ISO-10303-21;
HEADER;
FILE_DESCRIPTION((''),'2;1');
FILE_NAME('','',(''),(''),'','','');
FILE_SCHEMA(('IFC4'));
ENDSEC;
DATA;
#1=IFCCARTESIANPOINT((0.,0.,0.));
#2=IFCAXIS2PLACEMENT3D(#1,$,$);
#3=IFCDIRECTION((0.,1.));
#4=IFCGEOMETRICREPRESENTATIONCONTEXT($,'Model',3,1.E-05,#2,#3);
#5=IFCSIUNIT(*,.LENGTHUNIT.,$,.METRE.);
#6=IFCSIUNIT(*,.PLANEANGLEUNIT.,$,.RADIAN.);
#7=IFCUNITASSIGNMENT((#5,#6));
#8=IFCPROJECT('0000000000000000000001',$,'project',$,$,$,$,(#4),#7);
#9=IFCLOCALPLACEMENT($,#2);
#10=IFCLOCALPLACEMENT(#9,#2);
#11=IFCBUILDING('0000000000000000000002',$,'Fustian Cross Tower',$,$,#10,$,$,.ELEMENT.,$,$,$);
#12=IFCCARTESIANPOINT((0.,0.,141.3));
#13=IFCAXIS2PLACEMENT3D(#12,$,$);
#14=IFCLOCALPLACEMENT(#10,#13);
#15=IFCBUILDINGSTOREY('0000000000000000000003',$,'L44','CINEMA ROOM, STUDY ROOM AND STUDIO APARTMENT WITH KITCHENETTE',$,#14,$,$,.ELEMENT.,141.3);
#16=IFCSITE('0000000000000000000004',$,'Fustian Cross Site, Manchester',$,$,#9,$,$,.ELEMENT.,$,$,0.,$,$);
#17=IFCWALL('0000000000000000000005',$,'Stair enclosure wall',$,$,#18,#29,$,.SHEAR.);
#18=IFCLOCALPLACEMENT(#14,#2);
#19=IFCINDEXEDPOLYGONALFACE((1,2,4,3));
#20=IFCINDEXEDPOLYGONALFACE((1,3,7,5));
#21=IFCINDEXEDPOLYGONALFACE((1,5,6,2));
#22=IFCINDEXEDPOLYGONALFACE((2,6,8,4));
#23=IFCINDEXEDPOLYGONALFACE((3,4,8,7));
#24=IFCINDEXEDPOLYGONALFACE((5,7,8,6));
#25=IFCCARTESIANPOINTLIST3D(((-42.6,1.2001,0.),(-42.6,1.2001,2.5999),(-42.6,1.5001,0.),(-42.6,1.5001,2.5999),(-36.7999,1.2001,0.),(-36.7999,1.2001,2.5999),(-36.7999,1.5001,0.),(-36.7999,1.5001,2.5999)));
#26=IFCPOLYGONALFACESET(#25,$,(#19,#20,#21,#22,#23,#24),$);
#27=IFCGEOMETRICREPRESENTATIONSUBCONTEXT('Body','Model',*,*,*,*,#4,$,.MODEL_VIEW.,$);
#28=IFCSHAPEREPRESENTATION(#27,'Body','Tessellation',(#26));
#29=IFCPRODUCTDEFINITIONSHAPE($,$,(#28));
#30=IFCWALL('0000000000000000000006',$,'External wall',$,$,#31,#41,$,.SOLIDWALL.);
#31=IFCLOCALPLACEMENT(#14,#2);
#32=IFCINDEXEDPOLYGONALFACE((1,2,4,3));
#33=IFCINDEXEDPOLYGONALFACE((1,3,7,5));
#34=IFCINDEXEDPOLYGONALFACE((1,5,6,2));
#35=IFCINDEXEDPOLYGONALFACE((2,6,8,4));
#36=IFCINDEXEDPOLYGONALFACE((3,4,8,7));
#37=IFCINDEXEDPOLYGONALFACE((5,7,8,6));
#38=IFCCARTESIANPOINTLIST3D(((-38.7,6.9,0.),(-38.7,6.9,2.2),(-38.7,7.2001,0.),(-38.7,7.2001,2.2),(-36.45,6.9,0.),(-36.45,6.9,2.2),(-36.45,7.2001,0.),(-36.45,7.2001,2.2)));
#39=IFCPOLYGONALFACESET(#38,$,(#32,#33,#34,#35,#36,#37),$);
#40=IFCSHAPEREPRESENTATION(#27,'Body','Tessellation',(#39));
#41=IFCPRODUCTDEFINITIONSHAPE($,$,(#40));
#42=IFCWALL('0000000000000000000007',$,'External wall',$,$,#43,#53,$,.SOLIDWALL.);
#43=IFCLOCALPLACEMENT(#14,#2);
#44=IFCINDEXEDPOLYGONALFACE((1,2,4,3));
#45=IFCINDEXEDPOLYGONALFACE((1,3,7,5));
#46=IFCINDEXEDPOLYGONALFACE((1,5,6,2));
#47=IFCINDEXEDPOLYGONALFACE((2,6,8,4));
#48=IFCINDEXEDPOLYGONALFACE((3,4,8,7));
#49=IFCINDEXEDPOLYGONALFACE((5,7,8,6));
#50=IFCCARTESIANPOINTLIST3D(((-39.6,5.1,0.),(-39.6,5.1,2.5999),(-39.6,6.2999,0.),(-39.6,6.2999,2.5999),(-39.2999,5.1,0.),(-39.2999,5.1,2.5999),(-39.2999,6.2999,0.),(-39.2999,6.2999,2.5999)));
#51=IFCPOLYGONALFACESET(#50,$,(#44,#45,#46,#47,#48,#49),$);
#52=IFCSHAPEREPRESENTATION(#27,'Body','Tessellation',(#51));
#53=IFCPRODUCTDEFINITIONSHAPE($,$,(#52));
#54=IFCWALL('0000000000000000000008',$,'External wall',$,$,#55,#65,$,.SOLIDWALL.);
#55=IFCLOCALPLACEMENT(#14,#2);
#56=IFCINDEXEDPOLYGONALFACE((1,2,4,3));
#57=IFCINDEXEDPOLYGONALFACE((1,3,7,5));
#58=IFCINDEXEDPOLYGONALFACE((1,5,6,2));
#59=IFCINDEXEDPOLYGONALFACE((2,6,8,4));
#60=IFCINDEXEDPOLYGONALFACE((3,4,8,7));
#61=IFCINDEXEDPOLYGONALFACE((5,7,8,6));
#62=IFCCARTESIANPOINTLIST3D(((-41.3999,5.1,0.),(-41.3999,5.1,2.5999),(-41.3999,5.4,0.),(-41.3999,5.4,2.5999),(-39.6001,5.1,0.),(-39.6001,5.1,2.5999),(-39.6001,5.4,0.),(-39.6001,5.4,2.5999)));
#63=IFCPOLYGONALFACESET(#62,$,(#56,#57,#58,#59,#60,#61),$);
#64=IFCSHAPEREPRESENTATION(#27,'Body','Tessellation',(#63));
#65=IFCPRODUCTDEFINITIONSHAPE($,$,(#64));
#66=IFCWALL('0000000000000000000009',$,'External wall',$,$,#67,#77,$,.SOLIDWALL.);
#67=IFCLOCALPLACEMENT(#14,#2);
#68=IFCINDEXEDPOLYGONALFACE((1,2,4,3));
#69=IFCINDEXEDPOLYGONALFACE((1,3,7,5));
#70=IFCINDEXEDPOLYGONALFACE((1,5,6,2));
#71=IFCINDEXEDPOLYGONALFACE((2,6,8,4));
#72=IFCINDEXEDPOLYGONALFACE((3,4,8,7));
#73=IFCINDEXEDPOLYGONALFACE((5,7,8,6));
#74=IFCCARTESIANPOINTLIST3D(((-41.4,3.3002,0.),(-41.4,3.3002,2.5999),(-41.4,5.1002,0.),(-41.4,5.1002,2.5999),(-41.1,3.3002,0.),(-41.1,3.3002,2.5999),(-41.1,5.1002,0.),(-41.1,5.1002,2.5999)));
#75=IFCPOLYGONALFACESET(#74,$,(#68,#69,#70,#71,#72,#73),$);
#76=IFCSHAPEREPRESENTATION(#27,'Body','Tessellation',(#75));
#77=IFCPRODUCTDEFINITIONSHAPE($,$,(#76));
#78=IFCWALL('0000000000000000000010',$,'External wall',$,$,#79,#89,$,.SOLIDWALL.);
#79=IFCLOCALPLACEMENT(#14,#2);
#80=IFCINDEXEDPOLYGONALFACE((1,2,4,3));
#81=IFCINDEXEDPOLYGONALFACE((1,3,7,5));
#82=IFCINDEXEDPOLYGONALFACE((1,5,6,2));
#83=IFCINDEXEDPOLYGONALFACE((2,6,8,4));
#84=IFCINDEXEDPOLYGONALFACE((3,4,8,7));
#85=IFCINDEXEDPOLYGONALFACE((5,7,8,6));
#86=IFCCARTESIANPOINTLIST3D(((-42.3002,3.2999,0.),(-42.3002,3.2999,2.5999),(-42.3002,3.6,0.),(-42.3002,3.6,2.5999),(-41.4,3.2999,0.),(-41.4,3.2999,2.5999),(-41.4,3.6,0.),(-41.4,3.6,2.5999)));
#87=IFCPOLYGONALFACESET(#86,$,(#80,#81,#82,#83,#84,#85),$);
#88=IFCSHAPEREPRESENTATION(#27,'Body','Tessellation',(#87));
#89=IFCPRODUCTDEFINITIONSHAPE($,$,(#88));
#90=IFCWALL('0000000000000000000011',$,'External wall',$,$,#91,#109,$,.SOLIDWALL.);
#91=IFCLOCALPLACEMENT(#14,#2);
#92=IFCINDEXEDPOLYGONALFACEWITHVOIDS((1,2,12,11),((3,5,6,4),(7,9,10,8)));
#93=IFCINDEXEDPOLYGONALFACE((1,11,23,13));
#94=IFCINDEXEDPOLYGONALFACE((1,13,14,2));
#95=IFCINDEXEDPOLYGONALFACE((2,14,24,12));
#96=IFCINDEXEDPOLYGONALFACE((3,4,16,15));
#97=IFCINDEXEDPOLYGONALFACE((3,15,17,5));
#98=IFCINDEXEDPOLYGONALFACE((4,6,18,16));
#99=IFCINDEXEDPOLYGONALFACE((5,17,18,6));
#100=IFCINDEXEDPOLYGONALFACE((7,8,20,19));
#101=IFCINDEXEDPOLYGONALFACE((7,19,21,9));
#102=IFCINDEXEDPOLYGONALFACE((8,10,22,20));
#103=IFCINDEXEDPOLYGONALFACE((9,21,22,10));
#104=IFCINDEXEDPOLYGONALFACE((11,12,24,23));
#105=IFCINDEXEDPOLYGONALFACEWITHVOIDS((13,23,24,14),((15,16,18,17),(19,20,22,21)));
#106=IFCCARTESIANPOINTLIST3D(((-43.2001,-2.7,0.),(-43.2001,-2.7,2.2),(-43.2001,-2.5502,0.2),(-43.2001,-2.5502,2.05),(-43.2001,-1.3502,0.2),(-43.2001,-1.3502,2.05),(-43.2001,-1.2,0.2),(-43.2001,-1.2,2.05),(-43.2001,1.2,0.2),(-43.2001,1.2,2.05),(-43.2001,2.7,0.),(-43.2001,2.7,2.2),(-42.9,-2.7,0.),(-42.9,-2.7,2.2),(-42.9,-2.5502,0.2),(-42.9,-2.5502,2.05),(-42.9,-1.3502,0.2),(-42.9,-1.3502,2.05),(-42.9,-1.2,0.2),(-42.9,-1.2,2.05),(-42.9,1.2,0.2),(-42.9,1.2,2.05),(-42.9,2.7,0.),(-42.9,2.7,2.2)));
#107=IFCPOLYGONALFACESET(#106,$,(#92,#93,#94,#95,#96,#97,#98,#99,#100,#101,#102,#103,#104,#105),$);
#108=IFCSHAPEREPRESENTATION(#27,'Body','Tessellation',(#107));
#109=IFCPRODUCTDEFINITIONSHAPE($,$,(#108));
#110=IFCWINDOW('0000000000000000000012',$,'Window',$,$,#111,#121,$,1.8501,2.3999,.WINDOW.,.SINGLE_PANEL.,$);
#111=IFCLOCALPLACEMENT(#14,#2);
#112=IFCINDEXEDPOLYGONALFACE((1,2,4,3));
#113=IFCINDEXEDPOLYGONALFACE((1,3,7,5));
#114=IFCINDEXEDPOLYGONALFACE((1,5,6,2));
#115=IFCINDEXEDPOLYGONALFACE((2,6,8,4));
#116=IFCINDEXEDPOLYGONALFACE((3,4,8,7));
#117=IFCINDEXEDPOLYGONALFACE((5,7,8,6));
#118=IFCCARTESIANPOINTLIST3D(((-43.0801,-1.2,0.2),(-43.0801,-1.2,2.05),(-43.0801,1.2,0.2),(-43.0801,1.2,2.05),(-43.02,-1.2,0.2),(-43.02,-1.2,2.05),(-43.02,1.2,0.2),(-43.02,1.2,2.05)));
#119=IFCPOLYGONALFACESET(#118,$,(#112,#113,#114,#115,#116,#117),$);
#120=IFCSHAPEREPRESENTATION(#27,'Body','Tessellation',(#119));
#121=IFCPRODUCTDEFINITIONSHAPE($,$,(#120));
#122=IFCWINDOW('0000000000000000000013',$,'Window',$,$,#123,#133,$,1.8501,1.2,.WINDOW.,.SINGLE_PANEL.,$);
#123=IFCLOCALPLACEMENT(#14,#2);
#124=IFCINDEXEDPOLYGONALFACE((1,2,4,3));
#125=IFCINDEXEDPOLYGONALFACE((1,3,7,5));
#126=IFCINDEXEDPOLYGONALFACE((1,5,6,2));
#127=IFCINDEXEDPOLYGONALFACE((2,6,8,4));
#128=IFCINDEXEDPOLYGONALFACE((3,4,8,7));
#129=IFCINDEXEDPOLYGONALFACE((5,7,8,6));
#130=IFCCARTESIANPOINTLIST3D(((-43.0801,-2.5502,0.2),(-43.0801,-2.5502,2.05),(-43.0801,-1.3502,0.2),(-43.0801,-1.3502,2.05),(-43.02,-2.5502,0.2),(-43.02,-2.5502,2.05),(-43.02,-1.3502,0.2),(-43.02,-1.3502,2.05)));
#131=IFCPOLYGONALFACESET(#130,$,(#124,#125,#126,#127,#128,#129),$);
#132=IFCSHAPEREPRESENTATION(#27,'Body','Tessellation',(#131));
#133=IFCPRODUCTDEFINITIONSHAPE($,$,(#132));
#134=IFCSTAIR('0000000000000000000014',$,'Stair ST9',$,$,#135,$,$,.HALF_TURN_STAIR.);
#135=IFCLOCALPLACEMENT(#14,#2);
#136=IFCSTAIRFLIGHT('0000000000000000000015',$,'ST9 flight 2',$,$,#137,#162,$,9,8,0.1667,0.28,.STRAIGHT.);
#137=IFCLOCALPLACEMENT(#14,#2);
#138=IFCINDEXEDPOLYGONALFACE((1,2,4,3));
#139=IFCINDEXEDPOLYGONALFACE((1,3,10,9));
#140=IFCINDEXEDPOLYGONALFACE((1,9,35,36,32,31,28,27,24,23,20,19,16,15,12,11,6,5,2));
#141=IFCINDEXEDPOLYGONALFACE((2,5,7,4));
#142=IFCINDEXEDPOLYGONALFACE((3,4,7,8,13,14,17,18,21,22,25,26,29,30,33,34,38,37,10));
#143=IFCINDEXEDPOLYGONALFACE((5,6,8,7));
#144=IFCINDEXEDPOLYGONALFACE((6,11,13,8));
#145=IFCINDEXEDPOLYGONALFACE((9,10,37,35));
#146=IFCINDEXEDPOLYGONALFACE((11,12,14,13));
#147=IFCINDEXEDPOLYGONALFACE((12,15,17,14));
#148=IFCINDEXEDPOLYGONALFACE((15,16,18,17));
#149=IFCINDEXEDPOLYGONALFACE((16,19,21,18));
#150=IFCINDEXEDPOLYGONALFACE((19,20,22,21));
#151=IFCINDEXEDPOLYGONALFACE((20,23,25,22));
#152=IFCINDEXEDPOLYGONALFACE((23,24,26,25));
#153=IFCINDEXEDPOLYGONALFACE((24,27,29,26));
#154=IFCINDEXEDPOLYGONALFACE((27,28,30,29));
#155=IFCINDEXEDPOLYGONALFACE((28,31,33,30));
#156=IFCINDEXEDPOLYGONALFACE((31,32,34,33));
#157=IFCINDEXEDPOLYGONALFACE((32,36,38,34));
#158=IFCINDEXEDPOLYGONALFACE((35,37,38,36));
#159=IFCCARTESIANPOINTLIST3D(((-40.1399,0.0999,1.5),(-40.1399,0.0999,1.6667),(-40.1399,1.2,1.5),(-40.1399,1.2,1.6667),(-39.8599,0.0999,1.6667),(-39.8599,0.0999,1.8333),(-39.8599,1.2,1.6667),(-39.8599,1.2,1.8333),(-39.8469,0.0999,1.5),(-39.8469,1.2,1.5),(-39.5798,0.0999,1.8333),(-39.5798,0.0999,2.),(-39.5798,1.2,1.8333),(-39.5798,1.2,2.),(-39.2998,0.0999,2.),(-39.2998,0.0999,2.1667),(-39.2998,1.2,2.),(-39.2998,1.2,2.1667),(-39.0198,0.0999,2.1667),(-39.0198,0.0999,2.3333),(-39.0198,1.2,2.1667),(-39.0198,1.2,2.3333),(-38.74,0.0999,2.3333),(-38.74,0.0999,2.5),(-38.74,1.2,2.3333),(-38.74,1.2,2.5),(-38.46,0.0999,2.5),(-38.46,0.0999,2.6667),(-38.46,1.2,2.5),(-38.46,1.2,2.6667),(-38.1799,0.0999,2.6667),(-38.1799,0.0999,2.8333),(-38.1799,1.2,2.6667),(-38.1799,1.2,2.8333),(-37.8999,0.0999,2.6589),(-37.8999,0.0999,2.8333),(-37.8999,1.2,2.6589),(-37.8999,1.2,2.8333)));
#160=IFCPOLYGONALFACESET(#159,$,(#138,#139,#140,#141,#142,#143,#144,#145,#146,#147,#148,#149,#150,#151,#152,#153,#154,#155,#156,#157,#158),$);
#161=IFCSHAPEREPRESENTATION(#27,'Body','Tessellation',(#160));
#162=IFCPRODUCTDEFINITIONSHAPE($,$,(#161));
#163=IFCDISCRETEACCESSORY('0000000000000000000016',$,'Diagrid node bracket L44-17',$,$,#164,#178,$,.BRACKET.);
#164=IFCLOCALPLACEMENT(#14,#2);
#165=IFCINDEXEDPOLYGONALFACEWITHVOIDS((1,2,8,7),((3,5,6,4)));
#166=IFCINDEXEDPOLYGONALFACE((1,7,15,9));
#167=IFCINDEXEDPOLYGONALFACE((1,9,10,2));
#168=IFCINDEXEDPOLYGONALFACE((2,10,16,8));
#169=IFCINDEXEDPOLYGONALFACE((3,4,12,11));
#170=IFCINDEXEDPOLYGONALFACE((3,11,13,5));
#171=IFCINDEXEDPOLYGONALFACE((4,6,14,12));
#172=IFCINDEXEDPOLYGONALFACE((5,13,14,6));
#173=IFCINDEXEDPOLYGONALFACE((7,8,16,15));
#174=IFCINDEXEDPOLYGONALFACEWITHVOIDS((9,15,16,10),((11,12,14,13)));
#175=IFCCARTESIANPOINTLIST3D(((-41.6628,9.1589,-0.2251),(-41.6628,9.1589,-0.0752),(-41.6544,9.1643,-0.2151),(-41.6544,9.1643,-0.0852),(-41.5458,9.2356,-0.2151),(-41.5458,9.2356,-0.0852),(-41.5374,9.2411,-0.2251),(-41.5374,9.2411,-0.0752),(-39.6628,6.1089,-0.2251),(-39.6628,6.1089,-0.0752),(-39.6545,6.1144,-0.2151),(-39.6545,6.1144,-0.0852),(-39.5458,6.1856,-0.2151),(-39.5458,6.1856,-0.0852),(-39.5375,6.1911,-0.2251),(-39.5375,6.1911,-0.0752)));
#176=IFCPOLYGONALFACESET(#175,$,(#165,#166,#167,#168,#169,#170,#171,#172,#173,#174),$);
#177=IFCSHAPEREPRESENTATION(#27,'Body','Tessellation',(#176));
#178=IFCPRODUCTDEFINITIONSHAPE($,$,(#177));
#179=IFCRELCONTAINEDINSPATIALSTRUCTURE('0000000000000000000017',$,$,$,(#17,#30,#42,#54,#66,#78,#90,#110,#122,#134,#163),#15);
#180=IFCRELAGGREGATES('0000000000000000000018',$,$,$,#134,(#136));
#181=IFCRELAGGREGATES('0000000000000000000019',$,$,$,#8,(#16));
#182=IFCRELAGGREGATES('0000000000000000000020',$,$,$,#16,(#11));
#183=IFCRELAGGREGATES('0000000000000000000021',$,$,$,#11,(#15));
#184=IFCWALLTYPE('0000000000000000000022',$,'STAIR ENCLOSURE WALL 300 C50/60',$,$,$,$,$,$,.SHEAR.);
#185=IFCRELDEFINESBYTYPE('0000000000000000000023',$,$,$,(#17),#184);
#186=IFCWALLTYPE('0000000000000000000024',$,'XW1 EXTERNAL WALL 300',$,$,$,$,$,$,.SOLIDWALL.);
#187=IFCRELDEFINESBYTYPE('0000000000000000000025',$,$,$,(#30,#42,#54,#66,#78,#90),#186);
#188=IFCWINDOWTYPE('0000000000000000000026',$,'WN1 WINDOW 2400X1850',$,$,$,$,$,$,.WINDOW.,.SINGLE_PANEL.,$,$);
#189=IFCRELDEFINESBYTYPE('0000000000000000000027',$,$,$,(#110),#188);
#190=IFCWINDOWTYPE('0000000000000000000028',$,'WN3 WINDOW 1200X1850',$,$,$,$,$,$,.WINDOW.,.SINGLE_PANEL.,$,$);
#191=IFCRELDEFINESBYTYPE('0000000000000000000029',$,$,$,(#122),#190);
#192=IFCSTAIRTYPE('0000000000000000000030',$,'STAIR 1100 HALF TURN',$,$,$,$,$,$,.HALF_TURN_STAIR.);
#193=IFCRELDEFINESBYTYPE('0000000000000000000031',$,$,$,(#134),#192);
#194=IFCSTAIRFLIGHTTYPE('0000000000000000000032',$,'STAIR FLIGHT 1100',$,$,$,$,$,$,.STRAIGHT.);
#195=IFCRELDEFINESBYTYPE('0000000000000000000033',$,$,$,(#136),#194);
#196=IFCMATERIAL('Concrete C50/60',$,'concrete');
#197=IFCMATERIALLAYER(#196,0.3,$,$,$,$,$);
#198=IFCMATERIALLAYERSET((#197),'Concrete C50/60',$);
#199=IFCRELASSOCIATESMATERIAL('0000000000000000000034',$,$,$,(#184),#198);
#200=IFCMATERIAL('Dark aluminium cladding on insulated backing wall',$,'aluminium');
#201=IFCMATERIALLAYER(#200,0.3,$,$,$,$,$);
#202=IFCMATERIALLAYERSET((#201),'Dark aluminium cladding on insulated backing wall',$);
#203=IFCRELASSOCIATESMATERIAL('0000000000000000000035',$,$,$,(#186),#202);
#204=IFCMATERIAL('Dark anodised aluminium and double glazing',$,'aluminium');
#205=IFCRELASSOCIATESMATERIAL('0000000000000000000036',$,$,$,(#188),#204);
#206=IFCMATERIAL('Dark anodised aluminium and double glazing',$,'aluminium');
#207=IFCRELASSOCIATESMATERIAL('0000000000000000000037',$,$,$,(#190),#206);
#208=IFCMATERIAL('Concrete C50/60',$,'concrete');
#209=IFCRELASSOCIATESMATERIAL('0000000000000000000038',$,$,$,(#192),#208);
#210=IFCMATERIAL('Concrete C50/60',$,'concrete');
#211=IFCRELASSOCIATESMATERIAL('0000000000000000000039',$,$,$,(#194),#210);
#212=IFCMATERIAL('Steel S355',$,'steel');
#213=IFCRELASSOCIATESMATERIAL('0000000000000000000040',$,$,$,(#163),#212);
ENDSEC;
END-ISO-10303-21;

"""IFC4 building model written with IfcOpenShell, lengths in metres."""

from ifc_helpers import new_model, si_unit, direction, frame, frame_2d, origin, origin_2d, place, context, subcontext, project, spatial, polyline, rectangle, hollow_rectangle, outline, extrude, material, layer, layer_set, type_object, element, fill, aggregate, save


model = new_model("IFC4")

# Units and contexts
model_context = context("Model", 3, precision=1e-05, world=origin(), true_north=direction((0.0, 1.0)))
body_context = subcontext(model_context, "Body", "Model", "MODEL_VIEW")
ifc_project = project(units=[si_unit("LENGTHUNIT", "METRE"), si_unit("PLANEANGLEUNIT", "RADIAN")], contexts=[model_context])

# Site, building, storey
site_placement = place(None, origin())
site = spatial("IfcSite", under=ifc_project, at=site_placement, Name="Fustian Cross Site, Manchester", CompositionType="ELEMENT", RefElevation=0.0)
building_placement = place(site_placement, origin())
building = spatial("IfcBuilding", under=site, at=building_placement, Name="Fustian Cross Tower", CompositionType="ELEMENT")
storey_placement = place(building_placement, frame((0.0, 0.0, 141.3)))
storey = spatial("IfcBuildingStorey", under=building, at=storey_placement, Name="L44", Description="CINEMA ROOM, STUDY ROOM AND STUDIO APARTMENT WITH KITCHENETTE", CompositionType="ELEMENT", Elevation=141.3)

# Walls
ifc_material_1 = material(Name="Concrete C50/60", Category="concrete")
ifc_layer_1 = layer(ifc_material_1, 0.3)
ifc_layer_set_1 = layer_set([ifc_layer_1], Name="Concrete C50/60")
wall_type_1 = type_object("IfcWallType", Name="STAIR ENCLOSURE WALL 300 C50/60", PredefinedType="SHEAR", material=ifc_layer_set_1)
wall_1_placement = place(storey_placement, frame((-36.8, 1.3501, 0.0), z_axis=(0.0, 0.0, 1.0), x_axis=(-1.0, 0.0, 0.0)))
element("IfcWall", 1, at=wall_1_placement, inside=storey, type_object=wall_type_1, Name="Stair enclosure wall", PredefinedType="SHEAR", context=body_context, shape_type="SweptSolid", body=[
    extrude(rectangle(XDim=5.8, YDim=0.3, at=frame_2d((2.8999, 0.0))), origin(), (0.0, 0.0, 1.0), 2.5999),
])
ifc_material_2 = material(Name="Dark aluminium cladding on insulated backing wall", Category="aluminium")
ifc_layer_2 = layer(ifc_material_2, 0.3)
ifc_layer_set_2 = layer_set([ifc_layer_2], Name="Dark aluminium cladding on insulated backing wall")
wall_type_2 = type_object("IfcWallType", Name="XW1 EXTERNAL WALL 300", PredefinedType="SOLIDWALL", material=ifc_layer_set_2)
wall_2_placement = place(storey_placement, frame((-36.45, 7.05, 0.0), z_axis=(0.0, 0.0, 1.0), x_axis=(-1.0, 0.0, 0.0)))
element("IfcWall", 2, at=wall_2_placement, inside=storey, type_object=wall_type_2, Name="External wall", PredefinedType="SOLIDWALL", context=body_context, shape_type="SweptSolid", body=[
    extrude(rectangle(XDim=2.25, YDim=0.3, at=frame_2d((1.125, 0.0))), origin(), (0.0, 0.0, 1.0), 2.2),
])
wall_3_placement = place(storey_placement, frame((-39.45, 6.3, 0.0), z_axis=(0.0, 0.0, 1.0), x_axis=(0.0, -1.0, 0.0)))
element("IfcWall", 3, at=wall_3_placement, inside=storey, type_object=wall_type_2, Name="External wall", PredefinedType="SOLIDWALL", context=body_context, shape_type="SweptSolid", body=[
    extrude(rectangle(XDim=1.2, YDim=0.3, at=frame_2d((0.6001, 0.0))), origin(), (0.0, 0.0, 1.0), 2.5999),
])
wall_4_placement = place(storey_placement, frame((-39.6001, 5.25, 0.0), z_axis=(0.0, 0.0, 1.0), x_axis=(-1.0, 0.0, 0.0)))
element("IfcWall", 4, at=wall_4_placement, inside=storey, type_object=wall_type_2, Name="External wall", PredefinedType="SOLIDWALL", context=body_context, shape_type="SweptSolid", body=[
    extrude(rectangle(XDim=1.7998, YDim=0.3, at=frame_2d((0.8999, 0.0))), origin(), (0.0, 0.0, 1.0), 2.5999),
])
wall_5_placement = place(storey_placement, frame((-41.25, 5.1001, 0.0), z_axis=(0.0, 0.0, 1.0), x_axis=(0.0, -1.0, 0.0)))
element("IfcWall", 5, at=wall_5_placement, inside=storey, type_object=wall_type_2, Name="External wall", PredefinedType="SOLIDWALL", context=body_context, shape_type="SweptSolid", body=[
    extrude(rectangle(XDim=1.8, YDim=0.3, at=frame_2d((0.8999, 0.0))), origin(), (0.0, 0.0, 1.0), 2.5999),
])
wall_6_placement = place(storey_placement, frame((-41.3999, 3.45, 0.0), z_axis=(0.0, 0.0, 1.0), x_axis=(-1.0, 0.0, 0.0)))
element("IfcWall", 6, at=wall_6_placement, inside=storey, type_object=wall_type_2, Name="External wall", PredefinedType="SOLIDWALL", context=body_context, shape_type="SweptSolid", body=[
    extrude(rectangle(XDim=0.9001, YDim=0.3, at=frame_2d((0.4502, 0.0))), origin(), (0.0, 0.0, 1.0), 2.5999),
])

# Wall, openings, windows
wall_7_placement = place(storey_placement, frame((-43.05, 2.7, 0.0), z_axis=(0.0, 0.0, 1.0), x_axis=(0.0, -1.0, 0.0)))
wall_7 = element("IfcWall", 7, at=wall_7_placement, inside=storey, type_object=wall_type_2, Name="External wall", PredefinedType="SOLIDWALL", context=body_context, shape_type="SweptSolid", body=[
    extrude(rectangle(XDim=5.3999, YDim=0.3, at=frame_2d((2.7, 0.0))), origin(), (0.0, 0.0, 1.0), 2.2),
])
opening_1_placement = place(wall_7_placement, frame((1.5, 0.0, 0.2)))
opening_1 = element("IfcOpeningElement", 8, at=opening_1_placement, cuts=wall_7, PredefinedType="OPENING", context=body_context, shape_type="SweptSolid", body=[
    extrude(rectangle(XDim=2.3999, YDim=1.8501, at=frame_2d((1.2, 0.925))), frame((0.0, 0.1599, 0.0), z_axis=(0.0, -1.0, 0.0), x_axis=(1.0, 0.0, 0.0)), (0.0, 0.0, 1.0), 0.3201),
])
opening_2_placement = place(wall_7_placement, frame((4.05, 0.0, 0.2)))
opening_2 = element("IfcOpeningElement", 9, at=opening_2_placement, cuts=wall_7, PredefinedType="OPENING", context=body_context, shape_type="SweptSolid", body=[
    extrude(rectangle(XDim=1.2, YDim=1.8501, at=frame_2d((0.6001, 0.925))), frame((0.0, 0.1599, 0.0), z_axis=(0.0, -1.0, 0.0), x_axis=(1.0, 0.0, 0.0)), (0.0, 0.0, 1.0), 0.3201),
])
ifc_material_3 = material(Name="Dark anodised aluminium and double glazing", Category="aluminium")
window_type_1 = type_object("IfcWindowType", Name="WN1 WINDOW 2400X1850", PartitioningType="SINGLE_PANEL", PredefinedType="WINDOW", material=ifc_material_3)
window_1_placement = place(opening_1_placement, origin())
window_1 = element("IfcWindow", 10, at=window_1_placement, inside=storey, type_object=window_type_1, Name="Window", OverallHeight=1.8501, OverallWidth=2.3999, PartitioningType="SINGLE_PANEL", PredefinedType="WINDOW", context=body_context, shape_type="SweptSolid", body=[
    extrude(rectangle(XDim=2.3999, YDim=1.8501, at=frame_2d((1.2, 0.925))), frame((0.0, 0.03, 0.0), z_axis=(0.0, -1.0, 0.0), x_axis=(1.0, 0.0, 0.0)), (0.0, 0.0, 1.0), 0.0601),
])
fill(opening_1, window_1)
ifc_material_4 = material(Name="Dark anodised aluminium and double glazing", Category="aluminium")
window_type_2 = type_object("IfcWindowType", Name="WN3 WINDOW 1200X1850", PartitioningType="SINGLE_PANEL", PredefinedType="WINDOW", material=ifc_material_4)
window_2_placement = place(opening_2_placement, origin())
window_2 = element("IfcWindow", 11, at=window_2_placement, inside=storey, type_object=window_type_2, Name="Window", OverallHeight=1.8501, OverallWidth=1.2, PartitioningType="SINGLE_PANEL", PredefinedType="WINDOW", context=body_context, shape_type="SweptSolid", body=[
    extrude(rectangle(XDim=1.2, YDim=1.8501, at=frame_2d((0.6001, 0.925))), frame((0.0, 0.03, 0.0), z_axis=(0.0, -1.0, 0.0), x_axis=(1.0, 0.0, 0.0)), (0.0, 0.0, 1.0), 0.0601),
])
fill(opening_2, window_2)

# Stair, stair flight
ifc_material_5 = material(Name="Concrete C50/60", Category="concrete")
stair_type = type_object("IfcStairType", Name="STAIR 1100 HALF TURN", PredefinedType="HALF_TURN_STAIR", material=ifc_material_5)
stair_placement = place(storey_placement, origin())
stair = element("IfcStair", 12, at=stair_placement, inside=storey, type_object=stair_type, Name="Stair ST9", PredefinedType="HALF_TURN_STAIR")
ifc_material_6 = material(Name="Concrete C50/60", Category="concrete")
stair_flight_type = type_object("IfcStairFlightType", Name="STAIR FLIGHT 1100", PredefinedType="STRAIGHT", material=ifc_material_6)
stair_flight_placement = place(storey_placement, frame((-40.1399, 0.6499, 1.5), z_axis=(0.0, 0.0, 1.0), x_axis=(1.0, 0.0, 0.0)))
stair_flight = element("IfcStairFlight", 13, at=stair_flight_placement, type_object=stair_flight_type, Name="ST9 flight 2", NumberOfRisers=9, NumberOfTreads=8, PredefinedType="STRAIGHT", RiserHeight=0.1667, TreadLength=0.28, context=body_context, shape_type="SweptSolid", body=[
    extrude(outline(polyline([(0.0, 0.0), (0.0, 0.1667), (0.28, 0.1667), (0.28, 0.3333), (0.5601, 0.3333), (0.5601, 0.5), (0.8401, 0.5), (0.8401, 0.6667), (1.1201, 0.6667), (1.1201, 0.8333), (1.3999, 0.8333), (1.3999, 1.0), (1.6799, 1.0), (1.6799, 1.1667), (1.96, 1.1667), (1.96, 1.3333), (2.24, 1.3333), (2.24, 1.5), (2.24, 1.1589), (0.293, 0.0), (0.0, 0.0)])), frame((0.0, 0.55, 0.0), z_axis=(0.0, -1.0, 0.0), x_axis=(1.0, 0.0, 0.0)), (0.0, 0.0, 1.0), 1.1001),
])
aggregate(stair, [stair_flight])

# Discrete accessory
ifc_material_7 = material(Name="Steel S355", Category="steel")
discrete_accessory_1_placement = place(storey_placement, frame((-41.6001, 9.2, -0.1501), z_axis=(0.548351, -0.836248, 0.0), x_axis=(0.836248, 0.548351, 0.0)))
element("IfcDiscreteAccessory", 14, at=discrete_accessory_1_placement, inside=storey, material=ifc_material_7, Name="Diagrid node bracket L44-17", PredefinedType="BRACKET", context=body_context, shape_type="SweptSolid", body=[
    extrude(hollow_rectangle(XDim=0.1499, YDim=0.1499, WallThickness=0.01, at=origin_2d()), origin(), (0.0, 0.0, 1.0), 3.6472),
])

save(model, "model.ifc")
